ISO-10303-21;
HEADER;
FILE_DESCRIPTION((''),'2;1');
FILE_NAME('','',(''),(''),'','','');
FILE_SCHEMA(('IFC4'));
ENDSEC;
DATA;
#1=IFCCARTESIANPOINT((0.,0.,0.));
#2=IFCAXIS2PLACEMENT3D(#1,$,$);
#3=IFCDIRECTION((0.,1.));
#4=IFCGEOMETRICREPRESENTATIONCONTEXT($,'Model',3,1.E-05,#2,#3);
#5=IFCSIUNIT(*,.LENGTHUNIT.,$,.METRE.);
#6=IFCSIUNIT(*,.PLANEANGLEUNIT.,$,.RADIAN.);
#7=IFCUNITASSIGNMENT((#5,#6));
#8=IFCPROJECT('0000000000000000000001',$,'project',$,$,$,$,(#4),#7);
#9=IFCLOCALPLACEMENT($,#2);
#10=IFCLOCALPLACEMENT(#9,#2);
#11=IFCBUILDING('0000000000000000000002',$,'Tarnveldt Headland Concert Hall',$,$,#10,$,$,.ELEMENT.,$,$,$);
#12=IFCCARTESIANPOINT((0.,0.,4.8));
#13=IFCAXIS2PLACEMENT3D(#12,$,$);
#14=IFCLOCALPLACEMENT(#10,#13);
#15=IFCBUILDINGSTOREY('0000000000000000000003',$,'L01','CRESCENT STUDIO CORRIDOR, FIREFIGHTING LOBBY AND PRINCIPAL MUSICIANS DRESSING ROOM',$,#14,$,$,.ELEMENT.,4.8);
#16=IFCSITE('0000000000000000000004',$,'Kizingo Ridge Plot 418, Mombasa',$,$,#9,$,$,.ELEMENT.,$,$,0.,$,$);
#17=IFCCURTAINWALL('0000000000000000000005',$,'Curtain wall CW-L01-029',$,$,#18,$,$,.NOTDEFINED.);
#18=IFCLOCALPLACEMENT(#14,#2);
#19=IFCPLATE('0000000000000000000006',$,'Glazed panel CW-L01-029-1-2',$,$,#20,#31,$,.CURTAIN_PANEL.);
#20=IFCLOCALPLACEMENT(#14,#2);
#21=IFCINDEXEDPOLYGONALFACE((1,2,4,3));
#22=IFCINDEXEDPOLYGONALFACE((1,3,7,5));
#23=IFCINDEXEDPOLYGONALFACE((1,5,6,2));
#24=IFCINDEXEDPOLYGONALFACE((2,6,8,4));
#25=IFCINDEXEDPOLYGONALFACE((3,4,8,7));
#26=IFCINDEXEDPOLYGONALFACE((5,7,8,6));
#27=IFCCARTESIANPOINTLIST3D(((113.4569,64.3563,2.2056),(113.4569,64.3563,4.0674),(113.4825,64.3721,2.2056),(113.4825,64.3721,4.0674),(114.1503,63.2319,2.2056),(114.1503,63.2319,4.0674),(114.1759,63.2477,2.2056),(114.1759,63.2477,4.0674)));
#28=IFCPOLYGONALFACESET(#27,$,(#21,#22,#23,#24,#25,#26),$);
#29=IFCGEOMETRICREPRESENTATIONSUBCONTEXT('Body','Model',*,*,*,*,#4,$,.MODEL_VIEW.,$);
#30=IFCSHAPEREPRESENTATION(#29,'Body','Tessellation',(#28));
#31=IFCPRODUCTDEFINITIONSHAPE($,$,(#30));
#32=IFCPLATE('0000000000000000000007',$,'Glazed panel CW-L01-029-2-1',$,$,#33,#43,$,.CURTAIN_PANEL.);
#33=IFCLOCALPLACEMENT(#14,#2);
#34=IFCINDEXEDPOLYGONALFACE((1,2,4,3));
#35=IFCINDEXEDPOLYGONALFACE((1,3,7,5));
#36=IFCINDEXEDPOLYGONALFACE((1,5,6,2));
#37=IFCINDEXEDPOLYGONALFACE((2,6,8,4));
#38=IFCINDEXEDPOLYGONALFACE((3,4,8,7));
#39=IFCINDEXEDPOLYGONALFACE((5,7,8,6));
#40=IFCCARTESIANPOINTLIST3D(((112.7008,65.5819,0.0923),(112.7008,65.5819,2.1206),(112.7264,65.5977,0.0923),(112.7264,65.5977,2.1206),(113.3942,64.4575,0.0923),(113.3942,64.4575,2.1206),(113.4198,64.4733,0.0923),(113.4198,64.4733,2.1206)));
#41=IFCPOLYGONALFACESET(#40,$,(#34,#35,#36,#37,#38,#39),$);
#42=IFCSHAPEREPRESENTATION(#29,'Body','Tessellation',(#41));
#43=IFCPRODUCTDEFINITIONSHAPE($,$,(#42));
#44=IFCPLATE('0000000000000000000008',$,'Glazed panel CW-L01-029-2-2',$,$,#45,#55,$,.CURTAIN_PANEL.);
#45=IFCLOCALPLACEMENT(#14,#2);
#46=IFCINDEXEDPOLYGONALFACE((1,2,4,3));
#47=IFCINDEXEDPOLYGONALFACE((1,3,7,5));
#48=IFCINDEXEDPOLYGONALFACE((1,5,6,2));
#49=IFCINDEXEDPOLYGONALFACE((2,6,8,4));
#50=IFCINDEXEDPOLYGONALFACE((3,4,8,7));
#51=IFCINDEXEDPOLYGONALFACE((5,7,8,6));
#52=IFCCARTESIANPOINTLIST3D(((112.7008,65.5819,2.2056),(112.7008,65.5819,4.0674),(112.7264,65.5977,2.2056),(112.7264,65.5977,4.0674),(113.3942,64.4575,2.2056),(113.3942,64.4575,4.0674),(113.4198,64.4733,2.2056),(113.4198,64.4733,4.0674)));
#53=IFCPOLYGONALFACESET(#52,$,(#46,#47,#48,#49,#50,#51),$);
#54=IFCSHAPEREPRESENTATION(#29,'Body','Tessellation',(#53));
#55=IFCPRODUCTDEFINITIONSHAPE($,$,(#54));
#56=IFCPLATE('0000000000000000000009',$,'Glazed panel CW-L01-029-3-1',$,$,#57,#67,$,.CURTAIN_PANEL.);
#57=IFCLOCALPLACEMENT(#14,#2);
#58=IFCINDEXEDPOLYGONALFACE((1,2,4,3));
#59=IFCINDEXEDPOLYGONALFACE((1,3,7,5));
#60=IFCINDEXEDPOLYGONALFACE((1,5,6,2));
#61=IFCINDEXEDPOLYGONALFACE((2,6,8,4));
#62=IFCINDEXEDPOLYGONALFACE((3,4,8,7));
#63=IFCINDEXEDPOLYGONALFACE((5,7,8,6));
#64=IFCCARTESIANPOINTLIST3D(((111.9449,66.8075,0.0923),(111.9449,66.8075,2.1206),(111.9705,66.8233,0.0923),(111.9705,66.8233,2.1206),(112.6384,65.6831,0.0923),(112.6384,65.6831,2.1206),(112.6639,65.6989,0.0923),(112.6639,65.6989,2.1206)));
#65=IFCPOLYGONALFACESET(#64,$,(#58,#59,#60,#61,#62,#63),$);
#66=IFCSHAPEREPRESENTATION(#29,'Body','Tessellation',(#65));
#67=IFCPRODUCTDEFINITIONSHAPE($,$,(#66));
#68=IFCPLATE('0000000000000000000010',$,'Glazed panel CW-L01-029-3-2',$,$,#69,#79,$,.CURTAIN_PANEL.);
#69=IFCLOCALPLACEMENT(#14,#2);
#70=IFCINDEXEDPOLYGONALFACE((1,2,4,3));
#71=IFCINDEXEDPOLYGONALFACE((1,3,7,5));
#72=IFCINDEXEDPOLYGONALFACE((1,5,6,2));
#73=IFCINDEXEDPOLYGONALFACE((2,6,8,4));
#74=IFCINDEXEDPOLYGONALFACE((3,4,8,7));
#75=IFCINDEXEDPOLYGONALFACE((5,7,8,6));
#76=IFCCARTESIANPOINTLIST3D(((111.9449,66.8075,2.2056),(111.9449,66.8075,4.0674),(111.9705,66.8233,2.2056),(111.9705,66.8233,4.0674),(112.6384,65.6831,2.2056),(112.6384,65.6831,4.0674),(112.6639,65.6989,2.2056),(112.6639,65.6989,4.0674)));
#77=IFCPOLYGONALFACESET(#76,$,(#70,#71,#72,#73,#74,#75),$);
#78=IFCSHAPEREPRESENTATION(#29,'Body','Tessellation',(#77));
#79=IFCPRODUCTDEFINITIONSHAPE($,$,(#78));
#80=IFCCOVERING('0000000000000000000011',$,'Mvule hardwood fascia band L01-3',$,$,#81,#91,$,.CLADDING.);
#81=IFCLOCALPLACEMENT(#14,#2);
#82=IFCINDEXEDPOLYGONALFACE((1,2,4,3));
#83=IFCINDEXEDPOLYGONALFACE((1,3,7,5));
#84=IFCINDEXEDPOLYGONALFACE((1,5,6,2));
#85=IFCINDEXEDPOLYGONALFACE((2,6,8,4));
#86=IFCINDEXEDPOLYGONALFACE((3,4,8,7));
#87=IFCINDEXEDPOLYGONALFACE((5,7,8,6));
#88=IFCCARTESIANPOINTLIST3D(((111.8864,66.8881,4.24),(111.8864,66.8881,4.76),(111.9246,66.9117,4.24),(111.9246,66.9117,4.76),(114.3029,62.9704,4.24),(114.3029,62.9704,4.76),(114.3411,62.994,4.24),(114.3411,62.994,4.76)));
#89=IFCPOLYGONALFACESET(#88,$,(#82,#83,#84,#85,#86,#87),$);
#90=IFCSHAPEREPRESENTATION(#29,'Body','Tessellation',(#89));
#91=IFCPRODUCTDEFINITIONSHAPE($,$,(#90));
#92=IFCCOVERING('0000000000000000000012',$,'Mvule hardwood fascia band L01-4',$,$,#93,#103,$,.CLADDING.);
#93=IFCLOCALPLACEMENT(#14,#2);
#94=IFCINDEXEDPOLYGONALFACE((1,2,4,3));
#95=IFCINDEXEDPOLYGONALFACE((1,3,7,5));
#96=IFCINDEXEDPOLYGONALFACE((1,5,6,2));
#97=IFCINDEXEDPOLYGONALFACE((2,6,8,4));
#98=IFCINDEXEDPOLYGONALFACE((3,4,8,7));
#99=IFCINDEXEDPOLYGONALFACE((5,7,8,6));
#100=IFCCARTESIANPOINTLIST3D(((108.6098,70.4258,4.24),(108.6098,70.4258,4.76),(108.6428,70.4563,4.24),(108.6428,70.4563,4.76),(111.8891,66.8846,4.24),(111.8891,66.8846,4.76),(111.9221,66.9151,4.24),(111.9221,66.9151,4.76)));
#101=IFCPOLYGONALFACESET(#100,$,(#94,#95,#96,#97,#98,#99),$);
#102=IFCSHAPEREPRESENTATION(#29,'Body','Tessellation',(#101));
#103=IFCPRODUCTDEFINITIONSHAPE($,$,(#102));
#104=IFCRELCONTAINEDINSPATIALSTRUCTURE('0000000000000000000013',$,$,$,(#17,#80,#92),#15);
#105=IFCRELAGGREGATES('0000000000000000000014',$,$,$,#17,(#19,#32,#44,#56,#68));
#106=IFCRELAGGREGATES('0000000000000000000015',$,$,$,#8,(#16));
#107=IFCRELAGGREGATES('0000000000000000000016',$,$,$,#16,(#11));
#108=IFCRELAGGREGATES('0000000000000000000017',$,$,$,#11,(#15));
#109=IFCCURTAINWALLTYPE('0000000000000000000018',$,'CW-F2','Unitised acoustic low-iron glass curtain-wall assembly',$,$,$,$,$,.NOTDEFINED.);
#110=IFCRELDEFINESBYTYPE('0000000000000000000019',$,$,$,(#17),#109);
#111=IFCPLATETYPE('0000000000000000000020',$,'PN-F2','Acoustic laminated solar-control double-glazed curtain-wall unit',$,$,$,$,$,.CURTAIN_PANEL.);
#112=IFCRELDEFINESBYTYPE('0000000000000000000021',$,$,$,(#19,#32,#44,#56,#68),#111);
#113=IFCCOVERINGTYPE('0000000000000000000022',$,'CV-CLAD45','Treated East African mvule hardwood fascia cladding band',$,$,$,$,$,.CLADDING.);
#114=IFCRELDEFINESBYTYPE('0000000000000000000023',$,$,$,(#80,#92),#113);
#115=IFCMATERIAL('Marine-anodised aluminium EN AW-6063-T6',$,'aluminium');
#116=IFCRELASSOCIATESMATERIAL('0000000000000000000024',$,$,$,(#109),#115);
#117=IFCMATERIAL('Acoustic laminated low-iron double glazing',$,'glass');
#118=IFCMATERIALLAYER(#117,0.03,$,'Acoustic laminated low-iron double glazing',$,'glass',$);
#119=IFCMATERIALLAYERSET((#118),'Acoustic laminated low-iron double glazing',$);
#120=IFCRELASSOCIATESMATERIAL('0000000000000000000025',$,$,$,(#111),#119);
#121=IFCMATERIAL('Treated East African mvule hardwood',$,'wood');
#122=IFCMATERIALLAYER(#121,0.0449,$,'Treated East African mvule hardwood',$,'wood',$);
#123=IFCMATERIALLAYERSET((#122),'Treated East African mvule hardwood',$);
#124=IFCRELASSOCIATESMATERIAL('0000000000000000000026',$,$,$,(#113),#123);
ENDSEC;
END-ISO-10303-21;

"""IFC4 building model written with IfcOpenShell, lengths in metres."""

from ifc_helpers import new_model, si_unit, direction, frame, frame_2d, origin, origin_2d, place, context, subcontext, project, spatial, rectangle, extrude, material, layer, layer_set, type_object, element, aggregate, save


model = new_model("IFC4")

# Units and contexts
model_context = context("Model", 3, precision=1e-05, world=origin(), true_north=direction((0.0, 1.0)))
body_context = subcontext(model_context, "Body", "Model", "MODEL_VIEW")
ifc_project = project(units=[si_unit("LENGTHUNIT", "METRE"), si_unit("PLANEANGLEUNIT", "RADIAN")], contexts=[model_context])

# Site, building, storey
site_placement = place(None, origin())
site = spatial("IfcSite", under=ifc_project, at=site_placement, Name="Kizingo Ridge Plot 418, Mombasa", CompositionType="ELEMENT", RefElevation=0.0)
building_placement = place(site_placement, origin())
building = spatial("IfcBuilding", under=site, at=building_placement, Name="Tarnveldt Headland Concert Hall", CompositionType="ELEMENT")
storey_placement = place(building_placement, frame((0.0, 0.0, 4.8)))
storey = spatial("IfcBuildingStorey", under=building, at=storey_placement, Name="L01", Description="CRESCENT STUDIO CORRIDOR, FIREFIGHTING LOBBY AND PRINCIPAL MUSICIANS DRESSING ROOM", CompositionType="ELEMENT", Elevation=4.8)

# Shared definitions
ifc_material_1 = material(Name="Marine-anodised aluminium EN AW-6063-T6", Category="aluminium")
curtain_wall_type_1 = type_object("IfcCurtainWallType", Name="CW-F2", Description="Unitised acoustic low-iron glass curtain-wall assembly", PredefinedType="NOTDEFINED", material=ifc_material_1)

# Curtain wall
curtain_wall_1_placement = place(storey_placement, origin())
curtain_wall_1 = element("IfcCurtainWall", 1, at=curtain_wall_1_placement, inside=storey, type_object=curtain_wall_type_1, Name="Curtain wall CW-L01-029", PredefinedType="NOTDEFINED")

# Plates
ifc_material_2 = material(Name="Acoustic laminated low-iron double glazing", Category="glass")
ifc_layer_1 = layer(ifc_material_2, 0.03, Name="Acoustic laminated low-iron double glazing", Category="glass")
ifc_layer_set_1 = layer_set([ifc_layer_1], Name="Acoustic laminated low-iron double glazing")
plate_type = type_object("IfcPlateType", Name="PN-F2", Description="Acoustic laminated solar-control double-glazed curtain-wall unit", PredefinedType="CURTAIN_PANEL", material=ifc_layer_set_1)
plate_1_placement = place(storey_placement, frame((113.8164, 63.802, 2.2056), z_axis=(0.0, 0.0, 1.0), x_axis=(-0.524922, 0.85115, 0.0)))
plate_1 = element("IfcPlate", 2, at=plate_1_placement, type_object=plate_type, Name="Glazed panel CW-L01-029-1-2", PredefinedType="CURTAIN_PANEL", context=body_context, shape_type="SweptSolid", body=[
    extrude(rectangle(XDim=1.321, YDim=0.03, at=origin_2d()), origin(), (0.0, 0.0, 1.0), 1.8618),
])
plate_2_placement = place(storey_placement, frame((113.0603, 65.0276, 0.0923), z_axis=(0.0, 0.0, 1.0), x_axis=(-0.524922, 0.85115, 0.0)))
plate_2 = element("IfcPlate", 3, at=plate_2_placement, type_object=plate_type, Name="Glazed panel CW-L01-029-2-1", PredefinedType="CURTAIN_PANEL", context=body_context, shape_type="SweptSolid", body=[
    extrude(rectangle(XDim=1.321, YDim=0.03, at=origin_2d()), origin(), (0.0, 0.0, 1.0), 2.0283),
])
plate_3_placement = place(storey_placement, frame((113.0603, 65.0276, 2.2056), z_axis=(0.0, 0.0, 1.0), x_axis=(-0.524922, 0.85115, 0.0)))
plate_3 = element("IfcPlate", 4, at=plate_3_placement, type_object=plate_type, Name="Glazed panel CW-L01-029-2-2", PredefinedType="CURTAIN_PANEL", context=body_context, shape_type="SweptSolid", body=[
    extrude(rectangle(XDim=1.321, YDim=0.03, at=origin_2d()), origin(), (0.0, 0.0, 1.0), 1.8618),
])
plate_4_placement = place(storey_placement, frame((112.3044, 66.2532, 0.0923), z_axis=(0.0, 0.0, 1.0), x_axis=(-0.524922, 0.85115, 0.0)))
plate_4 = element("IfcPlate", 5, at=plate_4_placement, type_object=plate_type, Name="Glazed panel CW-L01-029-3-1", PredefinedType="CURTAIN_PANEL", context=body_context, shape_type="SweptSolid", body=[
    extrude(rectangle(XDim=1.321, YDim=0.03, at=origin_2d()), origin(), (0.0, 0.0, 1.0), 2.0283),
])
plate_5_placement = place(storey_placement, frame((112.3044, 66.2532, 2.2056), z_axis=(0.0, 0.0, 1.0), x_axis=(-0.524922, 0.85115, 0.0)))
plate_5 = element("IfcPlate", 6, at=plate_5_placement, type_object=plate_type, Name="Glazed panel CW-L01-029-3-2", PredefinedType="CURTAIN_PANEL", context=body_context, shape_type="SweptSolid", body=[
    extrude(rectangle(XDim=1.321, YDim=0.03, at=origin_2d()), origin(), (0.0, 0.0, 1.0), 1.8618),
])
aggregate(curtain_wall_1, [plate_1, plate_2, plate_3, plate_4, plate_5])

# Coverings
ifc_material_3 = material(Name="Treated East African mvule hardwood", Category="wood")
ifc_layer_2 = layer(ifc_material_3, 0.0449, Name="Treated East African mvule hardwood", Category="wood")
ifc_layer_set_2 = layer_set([ifc_layer_2], Name="Treated East African mvule hardwood")
covering_type = type_object("IfcCoveringType", Name="CV-CLAD45", Description="Treated East African mvule hardwood fascia cladding band", PredefinedType="CLADDING", material=ifc_layer_set_2)
covering_1_placement = place(storey_placement, frame((114.322, 62.9822, 4.24), z_axis=(0.0, 0.0, 1.0), x_axis=(-0.524979, 0.851115, 0.0)))
element("IfcCovering", 7, at=covering_1_placement, inside=storey, type_object=covering_type, Name="Mvule hardwood fascia band L01-3", PredefinedType="CLADDING", context=body_context, shape_type="SweptSolid", body=[
    extrude(rectangle(XDim=4.603, YDim=0.0449, at=frame_2d((2.3015, 0.0))), origin(), (0.0, 0.0, 1.0), 0.52),
])
covering_2_placement = place(storey_placement, frame((111.9055, 66.8999, 4.24), z_axis=(0.0, 0.0, 1.0), x_axis=(-0.679447, 0.733724, 0.0)))
element("IfcCovering", 8, at=covering_2_placement, inside=storey, type_object=covering_type, Name="Mvule hardwood fascia band L01-4", PredefinedType="CLADDING", context=body_context, shape_type="SweptSolid", body=[
    extrude(rectangle(XDim=4.8264, YDim=0.0449, at=frame_2d((2.4131, 0.0))), origin(), (0.0, 0.0, 1.0), 0.52),
])

save(model, "model.ifc")
